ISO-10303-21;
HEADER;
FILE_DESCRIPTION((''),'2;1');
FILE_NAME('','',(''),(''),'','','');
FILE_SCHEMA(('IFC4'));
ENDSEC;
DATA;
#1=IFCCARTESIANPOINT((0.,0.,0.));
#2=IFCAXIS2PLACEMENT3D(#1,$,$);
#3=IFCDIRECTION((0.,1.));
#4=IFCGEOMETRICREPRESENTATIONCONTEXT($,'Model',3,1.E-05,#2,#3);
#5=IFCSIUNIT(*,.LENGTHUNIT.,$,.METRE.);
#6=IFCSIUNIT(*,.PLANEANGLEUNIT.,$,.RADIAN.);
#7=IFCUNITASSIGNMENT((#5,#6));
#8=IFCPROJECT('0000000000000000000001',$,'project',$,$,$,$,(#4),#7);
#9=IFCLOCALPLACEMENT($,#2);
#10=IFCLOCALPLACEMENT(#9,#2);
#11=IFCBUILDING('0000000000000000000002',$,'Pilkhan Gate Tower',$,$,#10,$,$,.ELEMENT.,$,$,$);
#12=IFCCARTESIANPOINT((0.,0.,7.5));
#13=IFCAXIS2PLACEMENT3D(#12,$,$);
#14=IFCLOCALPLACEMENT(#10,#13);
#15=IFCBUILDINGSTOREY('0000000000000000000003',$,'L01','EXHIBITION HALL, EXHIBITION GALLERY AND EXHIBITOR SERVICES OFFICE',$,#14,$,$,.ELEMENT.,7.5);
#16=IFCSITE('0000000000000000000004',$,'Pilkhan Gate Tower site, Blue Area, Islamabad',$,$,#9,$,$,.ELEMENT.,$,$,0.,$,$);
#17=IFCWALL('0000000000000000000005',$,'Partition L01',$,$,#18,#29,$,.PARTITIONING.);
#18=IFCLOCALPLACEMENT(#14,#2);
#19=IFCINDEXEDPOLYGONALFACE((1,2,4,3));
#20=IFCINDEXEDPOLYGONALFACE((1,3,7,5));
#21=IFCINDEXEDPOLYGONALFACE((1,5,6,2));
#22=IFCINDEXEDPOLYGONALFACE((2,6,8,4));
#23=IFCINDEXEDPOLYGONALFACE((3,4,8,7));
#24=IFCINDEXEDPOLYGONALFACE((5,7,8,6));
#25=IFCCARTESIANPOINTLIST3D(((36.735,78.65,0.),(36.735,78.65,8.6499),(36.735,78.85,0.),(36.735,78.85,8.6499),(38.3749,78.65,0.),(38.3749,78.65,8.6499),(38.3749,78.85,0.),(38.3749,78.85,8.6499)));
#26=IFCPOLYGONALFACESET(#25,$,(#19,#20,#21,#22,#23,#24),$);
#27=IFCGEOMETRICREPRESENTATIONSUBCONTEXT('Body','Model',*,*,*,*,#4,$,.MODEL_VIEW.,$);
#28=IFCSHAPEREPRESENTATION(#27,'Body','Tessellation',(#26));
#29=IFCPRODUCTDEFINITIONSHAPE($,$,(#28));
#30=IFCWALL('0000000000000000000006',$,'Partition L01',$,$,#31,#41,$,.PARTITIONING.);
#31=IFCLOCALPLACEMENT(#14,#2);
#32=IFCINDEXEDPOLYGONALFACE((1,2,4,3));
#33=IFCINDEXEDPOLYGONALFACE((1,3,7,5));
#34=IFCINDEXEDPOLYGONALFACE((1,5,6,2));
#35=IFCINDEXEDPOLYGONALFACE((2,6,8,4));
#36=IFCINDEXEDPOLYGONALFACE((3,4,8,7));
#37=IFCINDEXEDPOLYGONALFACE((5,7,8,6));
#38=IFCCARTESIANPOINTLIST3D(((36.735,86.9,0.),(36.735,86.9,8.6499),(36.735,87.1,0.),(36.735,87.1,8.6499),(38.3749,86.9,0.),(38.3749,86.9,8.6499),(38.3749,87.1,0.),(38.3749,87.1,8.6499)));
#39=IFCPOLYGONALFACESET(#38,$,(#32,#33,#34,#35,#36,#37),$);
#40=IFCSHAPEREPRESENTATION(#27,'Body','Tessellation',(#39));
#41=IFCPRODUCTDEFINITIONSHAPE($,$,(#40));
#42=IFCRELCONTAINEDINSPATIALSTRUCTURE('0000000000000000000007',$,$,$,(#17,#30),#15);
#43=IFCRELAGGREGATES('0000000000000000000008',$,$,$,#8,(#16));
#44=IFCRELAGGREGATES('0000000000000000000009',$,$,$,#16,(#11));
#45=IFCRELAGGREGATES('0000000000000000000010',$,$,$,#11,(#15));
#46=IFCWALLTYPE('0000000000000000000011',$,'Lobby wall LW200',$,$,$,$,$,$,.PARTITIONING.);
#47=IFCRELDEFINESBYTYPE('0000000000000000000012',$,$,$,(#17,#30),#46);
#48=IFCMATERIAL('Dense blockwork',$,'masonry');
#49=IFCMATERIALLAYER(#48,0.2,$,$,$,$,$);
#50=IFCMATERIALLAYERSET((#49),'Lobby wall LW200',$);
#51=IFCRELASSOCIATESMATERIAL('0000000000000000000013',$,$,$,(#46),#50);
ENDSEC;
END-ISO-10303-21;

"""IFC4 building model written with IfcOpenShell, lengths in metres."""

from ifc_helpers import new_model, si_unit, direction, frame, frame_2d, origin, place, context, subcontext, project, spatial, rectangle, extrude, material, layer, layer_set, type_object, element, save


model = new_model("IFC4")

# Units and contexts
model_context = context("Model", 3, precision=1e-05, world=origin(), true_north=direction((0.0, 1.0)))
body_context = subcontext(model_context, "Body", "Model", "MODEL_VIEW")
ifc_project = project(units=[si_unit("LENGTHUNIT", "METRE"), si_unit("PLANEANGLEUNIT", "RADIAN")], contexts=[model_context])

# Site, building, storey
site_placement = place(None, origin())
site = spatial("IfcSite", under=ifc_project, at=site_placement, Name="Pilkhan Gate Tower site, Blue Area, Islamabad", CompositionType="ELEMENT", RefElevation=0.0)
building_placement = place(site_placement, origin())
building = spatial("IfcBuilding", under=site, at=building_placement, Name="Pilkhan Gate Tower", CompositionType="ELEMENT")
storey_placement = place(building_placement, frame((0.0, 0.0, 7.5)))
storey = spatial("IfcBuildingStorey", under=building, at=storey_placement, Name="L01", Description="EXHIBITION HALL, EXHIBITION GALLERY AND EXHIBITOR SERVICES OFFICE", CompositionType="ELEMENT", Elevation=7.5)

# Walls
ifc_material_1 = material(Name="Dense blockwork", Category="masonry")
ifc_layer_1 = layer(ifc_material_1, 0.2)
ifc_layer_set_1 = layer_set([ifc_layer_1], Name="Lobby wall LW200")
wall_type = type_object("IfcWallType", Name="Lobby wall LW200", PredefinedType="PARTITIONING", material=ifc_layer_set_1)
for number, where, z_axis, x_axis, name in (
    (1, (36.7351, 78.75, 0.0), (0.0, 0.0, 1.0), (1.0, 0.0, 0.0), "Partition L01"),
    (2, (36.7351, 87.0, 0.0), (0.0, 0.0, 1.0), (1.0, 0.0, 0.0), "Partition L01"),
):
    element("IfcWall", number, at=place(storey_placement, frame(where, z_axis=z_axis, x_axis=x_axis)), inside=storey, type_object=wall_type, Name=name, PredefinedType="PARTITIONING", context=body_context, shape_type="SweptSolid", body=[
        extrude(rectangle(XDim=1.6399, YDim=0.2, at=frame_2d((0.8198, 0.0))), origin(), (0.0, 0.0, 1.0), 8.6499),
    ])

save(model, "model.ifc")
